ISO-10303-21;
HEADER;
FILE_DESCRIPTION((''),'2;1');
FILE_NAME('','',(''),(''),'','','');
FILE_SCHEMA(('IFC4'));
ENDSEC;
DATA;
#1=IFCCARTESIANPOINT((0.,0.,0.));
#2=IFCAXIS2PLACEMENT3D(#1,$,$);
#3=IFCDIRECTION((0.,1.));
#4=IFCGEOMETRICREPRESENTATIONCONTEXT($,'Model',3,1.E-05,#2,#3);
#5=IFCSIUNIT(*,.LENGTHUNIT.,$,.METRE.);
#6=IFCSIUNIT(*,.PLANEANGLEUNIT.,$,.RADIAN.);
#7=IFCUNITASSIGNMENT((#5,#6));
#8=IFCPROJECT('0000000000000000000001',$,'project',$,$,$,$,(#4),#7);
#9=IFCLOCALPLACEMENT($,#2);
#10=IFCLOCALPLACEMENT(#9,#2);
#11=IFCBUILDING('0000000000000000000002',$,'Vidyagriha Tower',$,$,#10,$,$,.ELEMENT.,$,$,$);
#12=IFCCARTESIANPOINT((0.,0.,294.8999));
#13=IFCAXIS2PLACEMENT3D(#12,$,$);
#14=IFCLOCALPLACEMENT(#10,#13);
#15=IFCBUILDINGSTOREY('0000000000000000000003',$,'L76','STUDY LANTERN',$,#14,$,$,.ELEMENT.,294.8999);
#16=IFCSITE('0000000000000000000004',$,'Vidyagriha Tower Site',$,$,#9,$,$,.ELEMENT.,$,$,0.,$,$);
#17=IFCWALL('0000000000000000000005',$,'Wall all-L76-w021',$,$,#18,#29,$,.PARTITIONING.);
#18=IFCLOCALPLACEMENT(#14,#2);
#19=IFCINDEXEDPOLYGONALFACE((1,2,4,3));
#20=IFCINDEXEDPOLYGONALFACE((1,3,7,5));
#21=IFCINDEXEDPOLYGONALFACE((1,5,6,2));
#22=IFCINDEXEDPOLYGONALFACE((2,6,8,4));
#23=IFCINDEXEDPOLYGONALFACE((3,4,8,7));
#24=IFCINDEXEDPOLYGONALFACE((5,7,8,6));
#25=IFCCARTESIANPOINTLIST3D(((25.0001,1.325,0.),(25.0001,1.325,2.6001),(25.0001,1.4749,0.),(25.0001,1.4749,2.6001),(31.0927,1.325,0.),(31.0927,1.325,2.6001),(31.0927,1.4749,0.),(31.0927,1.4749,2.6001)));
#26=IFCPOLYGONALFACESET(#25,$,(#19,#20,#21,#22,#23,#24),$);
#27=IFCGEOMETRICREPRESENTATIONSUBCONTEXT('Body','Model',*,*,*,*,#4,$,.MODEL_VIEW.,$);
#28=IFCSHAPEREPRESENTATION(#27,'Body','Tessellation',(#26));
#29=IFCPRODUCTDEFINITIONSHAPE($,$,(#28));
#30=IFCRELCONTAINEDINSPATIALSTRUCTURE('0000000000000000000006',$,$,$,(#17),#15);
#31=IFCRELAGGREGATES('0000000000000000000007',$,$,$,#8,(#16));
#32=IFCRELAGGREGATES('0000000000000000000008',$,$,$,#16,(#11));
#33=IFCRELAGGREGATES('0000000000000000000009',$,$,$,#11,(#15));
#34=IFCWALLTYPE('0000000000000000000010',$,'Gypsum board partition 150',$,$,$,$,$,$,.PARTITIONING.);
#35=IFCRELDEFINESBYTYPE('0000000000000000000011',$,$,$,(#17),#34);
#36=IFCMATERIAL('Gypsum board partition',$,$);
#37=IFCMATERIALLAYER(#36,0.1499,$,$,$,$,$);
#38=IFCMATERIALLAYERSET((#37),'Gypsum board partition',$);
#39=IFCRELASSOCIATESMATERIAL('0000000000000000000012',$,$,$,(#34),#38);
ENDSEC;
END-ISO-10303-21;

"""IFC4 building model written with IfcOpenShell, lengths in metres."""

from ifc_helpers import new_model, si_unit, direction, frame, frame_2d, origin, place, context, subcontext, project, spatial, rectangle, extrude, material, layer, layer_set, type_object, element, save


model = new_model("IFC4")

# Units and contexts
model_context = context("Model", 3, precision=1e-05, world=origin(), true_north=direction((0.0, 1.0)))
body_context = subcontext(model_context, "Body", "Model", "MODEL_VIEW")
ifc_project = project(units=[si_unit("LENGTHUNIT", "METRE"), si_unit("PLANEANGLEUNIT", "RADIAN")], contexts=[model_context])

# Site, building, storey
site_placement = place(None, origin())
site = spatial("IfcSite", under=ifc_project, at=site_placement, Name="Vidyagriha Tower Site", CompositionType="ELEMENT", RefElevation=0.0)
building_placement = place(site_placement, origin())
building = spatial("IfcBuilding", under=site, at=building_placement, Name="Vidyagriha Tower", CompositionType="ELEMENT")
storey_placement = place(building_placement, frame((0.0, 0.0, 294.8999)))
storey = spatial("IfcBuildingStorey", under=building, at=storey_placement, Name="L76", Description="STUDY LANTERN", CompositionType="ELEMENT", Elevation=294.8999)

# Shared definitions
ifc_material_1 = material(Name="Gypsum board partition")
ifc_layer_1 = layer(ifc_material_1, 0.1499)
ifc_layer_set_1 = layer_set([ifc_layer_1], Name="Gypsum board partition")
wall_type_1 = type_object("IfcWallType", Name="Gypsum board partition 150", PredefinedType="PARTITIONING", material=ifc_layer_set_1)

# Wall
wall_1_placement = place(storey_placement, frame((25.0, 1.3999, 0.0)))
element("IfcWall", 1, at=wall_1_placement, inside=storey, type_object=wall_type_1, Name="Wall all-L76-w021", PredefinedType="PARTITIONING", context=body_context, shape_type="SweptSolid", body=[
    extrude(rectangle(XDim=6.0925, YDim=0.1499, at=frame_2d((3.0464, 0.0))), origin(), (0.0, 0.0, 1.0), 2.6001),
])

save(model, "model.ifc")
